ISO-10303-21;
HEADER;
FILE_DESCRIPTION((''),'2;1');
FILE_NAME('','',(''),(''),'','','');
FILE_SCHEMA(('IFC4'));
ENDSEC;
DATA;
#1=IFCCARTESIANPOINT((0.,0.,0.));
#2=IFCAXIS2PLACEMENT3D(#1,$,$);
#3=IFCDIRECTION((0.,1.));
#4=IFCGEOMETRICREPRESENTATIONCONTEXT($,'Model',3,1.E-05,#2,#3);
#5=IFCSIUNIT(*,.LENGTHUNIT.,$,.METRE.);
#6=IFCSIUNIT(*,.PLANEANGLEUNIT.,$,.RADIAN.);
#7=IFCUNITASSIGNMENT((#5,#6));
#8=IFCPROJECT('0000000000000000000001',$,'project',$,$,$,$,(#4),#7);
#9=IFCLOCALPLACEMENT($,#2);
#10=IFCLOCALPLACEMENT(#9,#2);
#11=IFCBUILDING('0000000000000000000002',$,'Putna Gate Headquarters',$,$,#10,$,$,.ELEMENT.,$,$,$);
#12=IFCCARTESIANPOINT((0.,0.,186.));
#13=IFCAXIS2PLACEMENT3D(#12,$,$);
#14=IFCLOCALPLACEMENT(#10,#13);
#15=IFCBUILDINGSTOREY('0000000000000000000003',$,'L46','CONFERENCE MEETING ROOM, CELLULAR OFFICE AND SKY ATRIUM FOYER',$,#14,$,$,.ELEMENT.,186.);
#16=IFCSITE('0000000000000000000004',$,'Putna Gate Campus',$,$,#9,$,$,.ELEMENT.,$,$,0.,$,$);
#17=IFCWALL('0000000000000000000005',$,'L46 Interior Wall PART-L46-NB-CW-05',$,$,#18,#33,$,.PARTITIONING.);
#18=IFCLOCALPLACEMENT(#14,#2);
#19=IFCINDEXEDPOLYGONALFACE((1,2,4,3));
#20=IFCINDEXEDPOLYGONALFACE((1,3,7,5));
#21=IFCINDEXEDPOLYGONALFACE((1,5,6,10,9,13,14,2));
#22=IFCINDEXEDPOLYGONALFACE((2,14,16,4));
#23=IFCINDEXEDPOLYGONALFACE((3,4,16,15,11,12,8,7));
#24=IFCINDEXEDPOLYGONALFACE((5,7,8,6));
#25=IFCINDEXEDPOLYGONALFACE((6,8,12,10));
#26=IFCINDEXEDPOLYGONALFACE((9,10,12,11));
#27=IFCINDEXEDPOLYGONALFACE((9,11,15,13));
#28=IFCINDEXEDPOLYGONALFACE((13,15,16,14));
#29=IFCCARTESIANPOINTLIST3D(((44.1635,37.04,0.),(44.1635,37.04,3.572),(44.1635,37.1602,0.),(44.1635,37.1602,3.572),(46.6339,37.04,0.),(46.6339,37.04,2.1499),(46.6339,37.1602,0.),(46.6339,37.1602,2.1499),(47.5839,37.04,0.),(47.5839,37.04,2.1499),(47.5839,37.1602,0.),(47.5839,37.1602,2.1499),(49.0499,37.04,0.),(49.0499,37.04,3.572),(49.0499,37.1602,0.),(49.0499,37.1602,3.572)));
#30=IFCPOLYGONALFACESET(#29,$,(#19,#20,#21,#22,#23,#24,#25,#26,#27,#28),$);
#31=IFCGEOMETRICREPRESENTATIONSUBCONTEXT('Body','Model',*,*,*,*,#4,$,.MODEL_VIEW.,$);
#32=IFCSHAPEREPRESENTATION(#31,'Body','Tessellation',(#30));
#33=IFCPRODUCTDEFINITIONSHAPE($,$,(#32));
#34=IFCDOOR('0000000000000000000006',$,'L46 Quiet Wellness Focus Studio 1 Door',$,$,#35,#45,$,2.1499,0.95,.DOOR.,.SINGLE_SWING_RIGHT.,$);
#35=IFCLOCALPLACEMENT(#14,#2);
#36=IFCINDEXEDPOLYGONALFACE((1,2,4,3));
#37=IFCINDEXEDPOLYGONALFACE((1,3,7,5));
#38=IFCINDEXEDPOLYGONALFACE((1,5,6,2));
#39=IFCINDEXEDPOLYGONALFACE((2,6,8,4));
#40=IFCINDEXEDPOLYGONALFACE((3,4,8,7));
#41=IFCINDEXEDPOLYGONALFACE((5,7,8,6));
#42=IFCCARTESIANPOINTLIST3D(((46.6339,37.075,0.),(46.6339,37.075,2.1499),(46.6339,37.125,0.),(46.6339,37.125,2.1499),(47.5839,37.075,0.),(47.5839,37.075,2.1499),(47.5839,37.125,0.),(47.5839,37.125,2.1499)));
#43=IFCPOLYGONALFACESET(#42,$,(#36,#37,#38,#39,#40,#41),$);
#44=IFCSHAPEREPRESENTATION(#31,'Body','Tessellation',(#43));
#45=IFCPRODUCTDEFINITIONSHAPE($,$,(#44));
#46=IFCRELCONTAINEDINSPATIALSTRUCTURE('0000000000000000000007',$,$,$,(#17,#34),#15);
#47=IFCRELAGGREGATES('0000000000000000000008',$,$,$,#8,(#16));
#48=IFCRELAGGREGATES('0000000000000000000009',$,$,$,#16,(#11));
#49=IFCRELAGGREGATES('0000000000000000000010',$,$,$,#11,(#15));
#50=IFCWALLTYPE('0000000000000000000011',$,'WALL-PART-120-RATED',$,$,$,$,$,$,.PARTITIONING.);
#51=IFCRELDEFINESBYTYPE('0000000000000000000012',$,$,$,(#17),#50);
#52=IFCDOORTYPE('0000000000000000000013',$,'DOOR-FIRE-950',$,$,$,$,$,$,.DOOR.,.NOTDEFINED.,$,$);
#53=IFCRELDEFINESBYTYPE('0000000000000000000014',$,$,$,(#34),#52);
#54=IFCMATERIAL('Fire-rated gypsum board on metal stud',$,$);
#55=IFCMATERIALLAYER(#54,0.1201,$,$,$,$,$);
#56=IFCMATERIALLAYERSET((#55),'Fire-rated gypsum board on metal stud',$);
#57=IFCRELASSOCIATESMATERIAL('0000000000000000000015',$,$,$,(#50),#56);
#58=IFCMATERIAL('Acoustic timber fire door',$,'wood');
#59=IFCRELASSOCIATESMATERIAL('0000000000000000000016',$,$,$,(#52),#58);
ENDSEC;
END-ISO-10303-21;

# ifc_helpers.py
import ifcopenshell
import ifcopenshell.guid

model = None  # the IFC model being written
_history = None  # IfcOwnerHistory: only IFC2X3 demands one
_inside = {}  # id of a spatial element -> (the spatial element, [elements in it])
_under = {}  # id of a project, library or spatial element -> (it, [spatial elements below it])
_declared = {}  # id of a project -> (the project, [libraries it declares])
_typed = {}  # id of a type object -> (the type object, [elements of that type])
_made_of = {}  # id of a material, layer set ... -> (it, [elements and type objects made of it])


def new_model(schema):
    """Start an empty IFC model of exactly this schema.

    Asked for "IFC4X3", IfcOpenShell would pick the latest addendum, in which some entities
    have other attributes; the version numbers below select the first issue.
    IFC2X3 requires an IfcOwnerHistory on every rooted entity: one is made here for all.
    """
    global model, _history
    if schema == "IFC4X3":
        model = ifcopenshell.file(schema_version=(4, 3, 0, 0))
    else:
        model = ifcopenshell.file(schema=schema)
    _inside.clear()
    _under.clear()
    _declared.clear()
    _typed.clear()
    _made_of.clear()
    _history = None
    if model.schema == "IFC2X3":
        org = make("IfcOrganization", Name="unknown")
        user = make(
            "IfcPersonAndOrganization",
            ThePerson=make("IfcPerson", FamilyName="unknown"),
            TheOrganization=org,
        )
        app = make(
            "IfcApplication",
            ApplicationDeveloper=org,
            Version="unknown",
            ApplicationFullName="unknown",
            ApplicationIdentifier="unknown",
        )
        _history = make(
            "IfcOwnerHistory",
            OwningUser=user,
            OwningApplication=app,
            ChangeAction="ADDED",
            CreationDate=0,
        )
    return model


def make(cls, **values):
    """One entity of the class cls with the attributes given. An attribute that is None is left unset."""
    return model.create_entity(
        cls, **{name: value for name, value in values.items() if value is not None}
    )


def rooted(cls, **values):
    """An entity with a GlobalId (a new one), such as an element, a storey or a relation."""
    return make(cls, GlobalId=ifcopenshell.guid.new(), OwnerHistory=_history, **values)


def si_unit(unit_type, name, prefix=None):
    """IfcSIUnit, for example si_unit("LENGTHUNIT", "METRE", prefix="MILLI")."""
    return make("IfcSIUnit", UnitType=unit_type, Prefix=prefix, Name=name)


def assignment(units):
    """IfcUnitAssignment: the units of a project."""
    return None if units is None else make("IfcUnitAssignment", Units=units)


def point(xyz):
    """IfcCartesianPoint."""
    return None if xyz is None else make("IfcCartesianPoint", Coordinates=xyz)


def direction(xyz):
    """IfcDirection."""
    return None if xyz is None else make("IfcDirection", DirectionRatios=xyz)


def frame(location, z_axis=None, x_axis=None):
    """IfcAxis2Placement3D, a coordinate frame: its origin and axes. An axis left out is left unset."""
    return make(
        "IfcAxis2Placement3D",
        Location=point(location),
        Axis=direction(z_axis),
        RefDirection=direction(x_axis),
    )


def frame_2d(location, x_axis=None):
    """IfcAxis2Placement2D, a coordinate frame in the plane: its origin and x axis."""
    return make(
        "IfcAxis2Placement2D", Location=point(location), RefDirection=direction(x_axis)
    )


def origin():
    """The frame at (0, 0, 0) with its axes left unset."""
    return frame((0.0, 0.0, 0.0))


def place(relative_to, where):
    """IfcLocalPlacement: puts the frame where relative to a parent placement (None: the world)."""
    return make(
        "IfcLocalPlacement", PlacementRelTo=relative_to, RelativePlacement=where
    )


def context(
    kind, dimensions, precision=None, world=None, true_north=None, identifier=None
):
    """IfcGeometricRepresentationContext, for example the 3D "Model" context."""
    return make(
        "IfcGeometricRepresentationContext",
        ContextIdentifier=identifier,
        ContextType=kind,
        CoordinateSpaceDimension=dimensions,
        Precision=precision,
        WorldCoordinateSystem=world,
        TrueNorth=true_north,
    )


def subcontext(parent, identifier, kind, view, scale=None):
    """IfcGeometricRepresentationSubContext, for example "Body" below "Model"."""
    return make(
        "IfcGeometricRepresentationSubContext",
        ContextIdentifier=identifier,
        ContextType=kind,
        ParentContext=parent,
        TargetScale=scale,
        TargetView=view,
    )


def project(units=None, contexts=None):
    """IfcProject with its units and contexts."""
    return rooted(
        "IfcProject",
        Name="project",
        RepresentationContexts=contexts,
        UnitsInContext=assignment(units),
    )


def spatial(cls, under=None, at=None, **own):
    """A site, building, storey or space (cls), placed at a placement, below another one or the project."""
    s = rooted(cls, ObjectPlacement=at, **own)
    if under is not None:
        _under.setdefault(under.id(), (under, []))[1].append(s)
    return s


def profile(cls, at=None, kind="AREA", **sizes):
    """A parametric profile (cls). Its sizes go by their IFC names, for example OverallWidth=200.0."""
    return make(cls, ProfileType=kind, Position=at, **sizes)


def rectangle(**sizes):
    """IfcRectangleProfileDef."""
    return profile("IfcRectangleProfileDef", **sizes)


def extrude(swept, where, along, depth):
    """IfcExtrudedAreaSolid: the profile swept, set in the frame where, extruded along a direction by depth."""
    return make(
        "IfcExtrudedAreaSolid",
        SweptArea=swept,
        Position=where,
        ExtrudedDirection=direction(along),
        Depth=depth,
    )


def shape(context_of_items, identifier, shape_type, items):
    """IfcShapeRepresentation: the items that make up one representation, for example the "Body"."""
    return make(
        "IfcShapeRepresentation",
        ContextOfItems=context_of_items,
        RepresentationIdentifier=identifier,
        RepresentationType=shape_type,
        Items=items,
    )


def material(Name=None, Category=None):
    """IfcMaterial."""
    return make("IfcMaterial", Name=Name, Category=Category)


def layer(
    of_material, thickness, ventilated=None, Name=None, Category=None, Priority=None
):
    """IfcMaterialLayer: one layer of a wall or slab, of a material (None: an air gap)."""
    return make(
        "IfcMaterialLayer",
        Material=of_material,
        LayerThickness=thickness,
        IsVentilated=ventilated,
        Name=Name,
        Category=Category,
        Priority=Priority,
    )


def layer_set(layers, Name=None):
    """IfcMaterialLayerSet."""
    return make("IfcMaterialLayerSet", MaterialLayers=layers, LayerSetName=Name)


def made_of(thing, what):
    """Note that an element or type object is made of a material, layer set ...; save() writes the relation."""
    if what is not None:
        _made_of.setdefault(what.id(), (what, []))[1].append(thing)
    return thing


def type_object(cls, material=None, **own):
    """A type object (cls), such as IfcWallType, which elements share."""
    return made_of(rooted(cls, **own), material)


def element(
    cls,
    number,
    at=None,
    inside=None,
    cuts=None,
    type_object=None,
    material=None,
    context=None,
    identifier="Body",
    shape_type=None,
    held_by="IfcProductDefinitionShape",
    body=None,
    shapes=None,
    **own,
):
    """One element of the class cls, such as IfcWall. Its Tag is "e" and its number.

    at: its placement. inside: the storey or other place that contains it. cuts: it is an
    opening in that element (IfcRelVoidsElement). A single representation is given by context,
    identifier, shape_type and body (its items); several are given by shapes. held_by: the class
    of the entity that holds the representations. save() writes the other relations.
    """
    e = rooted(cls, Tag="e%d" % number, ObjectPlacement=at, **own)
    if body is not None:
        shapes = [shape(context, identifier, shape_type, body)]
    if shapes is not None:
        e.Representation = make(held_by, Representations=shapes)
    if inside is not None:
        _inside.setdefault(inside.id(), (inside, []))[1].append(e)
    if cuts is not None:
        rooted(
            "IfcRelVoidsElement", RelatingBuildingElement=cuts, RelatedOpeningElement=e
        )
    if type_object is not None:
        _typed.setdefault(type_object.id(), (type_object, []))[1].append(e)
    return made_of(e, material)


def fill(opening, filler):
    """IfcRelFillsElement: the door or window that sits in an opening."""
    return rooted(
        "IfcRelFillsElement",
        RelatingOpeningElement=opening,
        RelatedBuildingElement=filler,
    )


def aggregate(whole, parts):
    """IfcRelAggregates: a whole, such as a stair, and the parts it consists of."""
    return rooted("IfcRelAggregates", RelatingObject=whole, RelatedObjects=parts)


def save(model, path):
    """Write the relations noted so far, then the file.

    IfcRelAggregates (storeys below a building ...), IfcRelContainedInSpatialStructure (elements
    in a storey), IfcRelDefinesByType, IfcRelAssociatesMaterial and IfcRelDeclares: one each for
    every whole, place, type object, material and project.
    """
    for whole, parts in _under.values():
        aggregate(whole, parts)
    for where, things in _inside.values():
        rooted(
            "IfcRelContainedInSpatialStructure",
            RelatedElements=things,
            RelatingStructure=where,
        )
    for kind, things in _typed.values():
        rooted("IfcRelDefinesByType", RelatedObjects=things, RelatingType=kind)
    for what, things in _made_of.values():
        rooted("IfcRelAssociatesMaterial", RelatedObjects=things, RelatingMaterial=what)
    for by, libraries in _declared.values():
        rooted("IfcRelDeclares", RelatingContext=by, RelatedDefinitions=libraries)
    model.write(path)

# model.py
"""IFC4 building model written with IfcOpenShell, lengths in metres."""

from ifc_helpers import new_model, si_unit, direction, frame, frame_2d, origin, place, context, subcontext, project, spatial, rectangle, extrude, material, layer, layer_set, type_object, element, fill, save


model = new_model("IFC4")

# Units and contexts
model_context = context("Model", 3, precision=1e-05, world=origin(), true_north=direction((0.0, 1.0)))
body_context = subcontext(model_context, "Body", "Model", "MODEL_VIEW")
ifc_project = project(units=[si_unit("LENGTHUNIT", "METRE"), si_unit("PLANEANGLEUNIT", "RADIAN")], contexts=[model_context])

# Site, building, storey
site_placement = place(None, origin())
site = spatial("IfcSite", under=ifc_project, at=site_placement, Name="Putna Gate Campus", CompositionType="ELEMENT", RefElevation=0.0)
building_placement = place(site_placement, origin())
building = spatial("IfcBuilding", under=site, at=building_placement, Name="Putna Gate Headquarters", CompositionType="ELEMENT")
storey_placement = place(building_placement, frame((0.0, 0.0, 186.0)))
storey = spatial("IfcBuildingStorey", under=building, at=storey_placement, Name="L46", Description="CONFERENCE MEETING ROOM, CELLULAR OFFICE AND SKY ATRIUM FOYER", CompositionType="ELEMENT", Elevation=186.0)

# Wall, opening, door
ifc_material_1 = material(Name="Fire-rated gypsum board on metal stud")
ifc_layer_1 = layer(ifc_material_1, 0.1201)
ifc_layer_set_1 = layer_set([ifc_layer_1], Name="Fire-rated gypsum board on metal stud")
wall_type_1 = type_object("IfcWallType", Name="WALL-PART-120-RATED", PredefinedType="PARTITIONING", material=ifc_layer_set_1)
ifc_material_2 = material(Name="Acoustic timber fire door", Category="wood")
door_type = type_object("IfcDoorType", Name="DOOR-FIRE-950", OperationType="NOTDEFINED", PredefinedType="DOOR", material=ifc_material_2)
wall_1_placement = place(storey_placement, frame((44.1633, 37.1001, 0.0), z_axis=(0.0, 0.0, 1.0), x_axis=(1.0, 0.0, 0.0)))
wall_1 = element("IfcWall", 1, at=wall_1_placement, inside=storey, type_object=wall_type_1, Name="L46 Interior Wall PART-L46-NB-CW-05", PredefinedType="PARTITIONING", context=body_context, shape_type="SweptSolid", body=[
    extrude(rectangle(XDim=4.8865, YDim=0.1201, at=frame_2d((2.4434, 0.0))), origin(), (0.0, 0.0, 1.0), 3.572),
])
opening_1_placement = place(wall_1_placement, frame((2.4705, 0.0, 0.0)))
opening_1 = element("IfcOpeningElement", 2, at=opening_1_placement, cuts=wall_1, PredefinedType="OPENING", context=body_context, shape_type="SweptSolid", body=[
    extrude(rectangle(XDim=0.95, YDim=2.1499, at=frame_2d((0.4751, 1.075))), frame((0.0, 0.0701, 0.0), z_axis=(0.0, -1.0, 0.0), x_axis=(1.0, 0.0, 0.0)), (0.0, 0.0, 1.0), 0.1401),
])
door_1_placement = place(opening_1_placement, origin())
door_1 = element("IfcDoor", 3, at=door_1_placement, inside=storey, type_object=door_type, Name="L46 Quiet Wellness Focus Studio 1 Door", OperationType="SINGLE_SWING_RIGHT", OverallHeight=2.1499, OverallWidth=0.95, PredefinedType="DOOR", context=body_context, shape_type="SweptSolid", body=[
    extrude(rectangle(XDim=0.95, YDim=2.1499, at=frame_2d((0.4751, 1.075))), frame((0.0, 0.0249, 0.0), z_axis=(0.0, -1.0, 0.0), x_axis=(1.0, 0.0, 0.0)), (0.0, 0.0, 1.0), 0.05),
])
fill(opening_1, door_1)

save(model, "model.ifc")
